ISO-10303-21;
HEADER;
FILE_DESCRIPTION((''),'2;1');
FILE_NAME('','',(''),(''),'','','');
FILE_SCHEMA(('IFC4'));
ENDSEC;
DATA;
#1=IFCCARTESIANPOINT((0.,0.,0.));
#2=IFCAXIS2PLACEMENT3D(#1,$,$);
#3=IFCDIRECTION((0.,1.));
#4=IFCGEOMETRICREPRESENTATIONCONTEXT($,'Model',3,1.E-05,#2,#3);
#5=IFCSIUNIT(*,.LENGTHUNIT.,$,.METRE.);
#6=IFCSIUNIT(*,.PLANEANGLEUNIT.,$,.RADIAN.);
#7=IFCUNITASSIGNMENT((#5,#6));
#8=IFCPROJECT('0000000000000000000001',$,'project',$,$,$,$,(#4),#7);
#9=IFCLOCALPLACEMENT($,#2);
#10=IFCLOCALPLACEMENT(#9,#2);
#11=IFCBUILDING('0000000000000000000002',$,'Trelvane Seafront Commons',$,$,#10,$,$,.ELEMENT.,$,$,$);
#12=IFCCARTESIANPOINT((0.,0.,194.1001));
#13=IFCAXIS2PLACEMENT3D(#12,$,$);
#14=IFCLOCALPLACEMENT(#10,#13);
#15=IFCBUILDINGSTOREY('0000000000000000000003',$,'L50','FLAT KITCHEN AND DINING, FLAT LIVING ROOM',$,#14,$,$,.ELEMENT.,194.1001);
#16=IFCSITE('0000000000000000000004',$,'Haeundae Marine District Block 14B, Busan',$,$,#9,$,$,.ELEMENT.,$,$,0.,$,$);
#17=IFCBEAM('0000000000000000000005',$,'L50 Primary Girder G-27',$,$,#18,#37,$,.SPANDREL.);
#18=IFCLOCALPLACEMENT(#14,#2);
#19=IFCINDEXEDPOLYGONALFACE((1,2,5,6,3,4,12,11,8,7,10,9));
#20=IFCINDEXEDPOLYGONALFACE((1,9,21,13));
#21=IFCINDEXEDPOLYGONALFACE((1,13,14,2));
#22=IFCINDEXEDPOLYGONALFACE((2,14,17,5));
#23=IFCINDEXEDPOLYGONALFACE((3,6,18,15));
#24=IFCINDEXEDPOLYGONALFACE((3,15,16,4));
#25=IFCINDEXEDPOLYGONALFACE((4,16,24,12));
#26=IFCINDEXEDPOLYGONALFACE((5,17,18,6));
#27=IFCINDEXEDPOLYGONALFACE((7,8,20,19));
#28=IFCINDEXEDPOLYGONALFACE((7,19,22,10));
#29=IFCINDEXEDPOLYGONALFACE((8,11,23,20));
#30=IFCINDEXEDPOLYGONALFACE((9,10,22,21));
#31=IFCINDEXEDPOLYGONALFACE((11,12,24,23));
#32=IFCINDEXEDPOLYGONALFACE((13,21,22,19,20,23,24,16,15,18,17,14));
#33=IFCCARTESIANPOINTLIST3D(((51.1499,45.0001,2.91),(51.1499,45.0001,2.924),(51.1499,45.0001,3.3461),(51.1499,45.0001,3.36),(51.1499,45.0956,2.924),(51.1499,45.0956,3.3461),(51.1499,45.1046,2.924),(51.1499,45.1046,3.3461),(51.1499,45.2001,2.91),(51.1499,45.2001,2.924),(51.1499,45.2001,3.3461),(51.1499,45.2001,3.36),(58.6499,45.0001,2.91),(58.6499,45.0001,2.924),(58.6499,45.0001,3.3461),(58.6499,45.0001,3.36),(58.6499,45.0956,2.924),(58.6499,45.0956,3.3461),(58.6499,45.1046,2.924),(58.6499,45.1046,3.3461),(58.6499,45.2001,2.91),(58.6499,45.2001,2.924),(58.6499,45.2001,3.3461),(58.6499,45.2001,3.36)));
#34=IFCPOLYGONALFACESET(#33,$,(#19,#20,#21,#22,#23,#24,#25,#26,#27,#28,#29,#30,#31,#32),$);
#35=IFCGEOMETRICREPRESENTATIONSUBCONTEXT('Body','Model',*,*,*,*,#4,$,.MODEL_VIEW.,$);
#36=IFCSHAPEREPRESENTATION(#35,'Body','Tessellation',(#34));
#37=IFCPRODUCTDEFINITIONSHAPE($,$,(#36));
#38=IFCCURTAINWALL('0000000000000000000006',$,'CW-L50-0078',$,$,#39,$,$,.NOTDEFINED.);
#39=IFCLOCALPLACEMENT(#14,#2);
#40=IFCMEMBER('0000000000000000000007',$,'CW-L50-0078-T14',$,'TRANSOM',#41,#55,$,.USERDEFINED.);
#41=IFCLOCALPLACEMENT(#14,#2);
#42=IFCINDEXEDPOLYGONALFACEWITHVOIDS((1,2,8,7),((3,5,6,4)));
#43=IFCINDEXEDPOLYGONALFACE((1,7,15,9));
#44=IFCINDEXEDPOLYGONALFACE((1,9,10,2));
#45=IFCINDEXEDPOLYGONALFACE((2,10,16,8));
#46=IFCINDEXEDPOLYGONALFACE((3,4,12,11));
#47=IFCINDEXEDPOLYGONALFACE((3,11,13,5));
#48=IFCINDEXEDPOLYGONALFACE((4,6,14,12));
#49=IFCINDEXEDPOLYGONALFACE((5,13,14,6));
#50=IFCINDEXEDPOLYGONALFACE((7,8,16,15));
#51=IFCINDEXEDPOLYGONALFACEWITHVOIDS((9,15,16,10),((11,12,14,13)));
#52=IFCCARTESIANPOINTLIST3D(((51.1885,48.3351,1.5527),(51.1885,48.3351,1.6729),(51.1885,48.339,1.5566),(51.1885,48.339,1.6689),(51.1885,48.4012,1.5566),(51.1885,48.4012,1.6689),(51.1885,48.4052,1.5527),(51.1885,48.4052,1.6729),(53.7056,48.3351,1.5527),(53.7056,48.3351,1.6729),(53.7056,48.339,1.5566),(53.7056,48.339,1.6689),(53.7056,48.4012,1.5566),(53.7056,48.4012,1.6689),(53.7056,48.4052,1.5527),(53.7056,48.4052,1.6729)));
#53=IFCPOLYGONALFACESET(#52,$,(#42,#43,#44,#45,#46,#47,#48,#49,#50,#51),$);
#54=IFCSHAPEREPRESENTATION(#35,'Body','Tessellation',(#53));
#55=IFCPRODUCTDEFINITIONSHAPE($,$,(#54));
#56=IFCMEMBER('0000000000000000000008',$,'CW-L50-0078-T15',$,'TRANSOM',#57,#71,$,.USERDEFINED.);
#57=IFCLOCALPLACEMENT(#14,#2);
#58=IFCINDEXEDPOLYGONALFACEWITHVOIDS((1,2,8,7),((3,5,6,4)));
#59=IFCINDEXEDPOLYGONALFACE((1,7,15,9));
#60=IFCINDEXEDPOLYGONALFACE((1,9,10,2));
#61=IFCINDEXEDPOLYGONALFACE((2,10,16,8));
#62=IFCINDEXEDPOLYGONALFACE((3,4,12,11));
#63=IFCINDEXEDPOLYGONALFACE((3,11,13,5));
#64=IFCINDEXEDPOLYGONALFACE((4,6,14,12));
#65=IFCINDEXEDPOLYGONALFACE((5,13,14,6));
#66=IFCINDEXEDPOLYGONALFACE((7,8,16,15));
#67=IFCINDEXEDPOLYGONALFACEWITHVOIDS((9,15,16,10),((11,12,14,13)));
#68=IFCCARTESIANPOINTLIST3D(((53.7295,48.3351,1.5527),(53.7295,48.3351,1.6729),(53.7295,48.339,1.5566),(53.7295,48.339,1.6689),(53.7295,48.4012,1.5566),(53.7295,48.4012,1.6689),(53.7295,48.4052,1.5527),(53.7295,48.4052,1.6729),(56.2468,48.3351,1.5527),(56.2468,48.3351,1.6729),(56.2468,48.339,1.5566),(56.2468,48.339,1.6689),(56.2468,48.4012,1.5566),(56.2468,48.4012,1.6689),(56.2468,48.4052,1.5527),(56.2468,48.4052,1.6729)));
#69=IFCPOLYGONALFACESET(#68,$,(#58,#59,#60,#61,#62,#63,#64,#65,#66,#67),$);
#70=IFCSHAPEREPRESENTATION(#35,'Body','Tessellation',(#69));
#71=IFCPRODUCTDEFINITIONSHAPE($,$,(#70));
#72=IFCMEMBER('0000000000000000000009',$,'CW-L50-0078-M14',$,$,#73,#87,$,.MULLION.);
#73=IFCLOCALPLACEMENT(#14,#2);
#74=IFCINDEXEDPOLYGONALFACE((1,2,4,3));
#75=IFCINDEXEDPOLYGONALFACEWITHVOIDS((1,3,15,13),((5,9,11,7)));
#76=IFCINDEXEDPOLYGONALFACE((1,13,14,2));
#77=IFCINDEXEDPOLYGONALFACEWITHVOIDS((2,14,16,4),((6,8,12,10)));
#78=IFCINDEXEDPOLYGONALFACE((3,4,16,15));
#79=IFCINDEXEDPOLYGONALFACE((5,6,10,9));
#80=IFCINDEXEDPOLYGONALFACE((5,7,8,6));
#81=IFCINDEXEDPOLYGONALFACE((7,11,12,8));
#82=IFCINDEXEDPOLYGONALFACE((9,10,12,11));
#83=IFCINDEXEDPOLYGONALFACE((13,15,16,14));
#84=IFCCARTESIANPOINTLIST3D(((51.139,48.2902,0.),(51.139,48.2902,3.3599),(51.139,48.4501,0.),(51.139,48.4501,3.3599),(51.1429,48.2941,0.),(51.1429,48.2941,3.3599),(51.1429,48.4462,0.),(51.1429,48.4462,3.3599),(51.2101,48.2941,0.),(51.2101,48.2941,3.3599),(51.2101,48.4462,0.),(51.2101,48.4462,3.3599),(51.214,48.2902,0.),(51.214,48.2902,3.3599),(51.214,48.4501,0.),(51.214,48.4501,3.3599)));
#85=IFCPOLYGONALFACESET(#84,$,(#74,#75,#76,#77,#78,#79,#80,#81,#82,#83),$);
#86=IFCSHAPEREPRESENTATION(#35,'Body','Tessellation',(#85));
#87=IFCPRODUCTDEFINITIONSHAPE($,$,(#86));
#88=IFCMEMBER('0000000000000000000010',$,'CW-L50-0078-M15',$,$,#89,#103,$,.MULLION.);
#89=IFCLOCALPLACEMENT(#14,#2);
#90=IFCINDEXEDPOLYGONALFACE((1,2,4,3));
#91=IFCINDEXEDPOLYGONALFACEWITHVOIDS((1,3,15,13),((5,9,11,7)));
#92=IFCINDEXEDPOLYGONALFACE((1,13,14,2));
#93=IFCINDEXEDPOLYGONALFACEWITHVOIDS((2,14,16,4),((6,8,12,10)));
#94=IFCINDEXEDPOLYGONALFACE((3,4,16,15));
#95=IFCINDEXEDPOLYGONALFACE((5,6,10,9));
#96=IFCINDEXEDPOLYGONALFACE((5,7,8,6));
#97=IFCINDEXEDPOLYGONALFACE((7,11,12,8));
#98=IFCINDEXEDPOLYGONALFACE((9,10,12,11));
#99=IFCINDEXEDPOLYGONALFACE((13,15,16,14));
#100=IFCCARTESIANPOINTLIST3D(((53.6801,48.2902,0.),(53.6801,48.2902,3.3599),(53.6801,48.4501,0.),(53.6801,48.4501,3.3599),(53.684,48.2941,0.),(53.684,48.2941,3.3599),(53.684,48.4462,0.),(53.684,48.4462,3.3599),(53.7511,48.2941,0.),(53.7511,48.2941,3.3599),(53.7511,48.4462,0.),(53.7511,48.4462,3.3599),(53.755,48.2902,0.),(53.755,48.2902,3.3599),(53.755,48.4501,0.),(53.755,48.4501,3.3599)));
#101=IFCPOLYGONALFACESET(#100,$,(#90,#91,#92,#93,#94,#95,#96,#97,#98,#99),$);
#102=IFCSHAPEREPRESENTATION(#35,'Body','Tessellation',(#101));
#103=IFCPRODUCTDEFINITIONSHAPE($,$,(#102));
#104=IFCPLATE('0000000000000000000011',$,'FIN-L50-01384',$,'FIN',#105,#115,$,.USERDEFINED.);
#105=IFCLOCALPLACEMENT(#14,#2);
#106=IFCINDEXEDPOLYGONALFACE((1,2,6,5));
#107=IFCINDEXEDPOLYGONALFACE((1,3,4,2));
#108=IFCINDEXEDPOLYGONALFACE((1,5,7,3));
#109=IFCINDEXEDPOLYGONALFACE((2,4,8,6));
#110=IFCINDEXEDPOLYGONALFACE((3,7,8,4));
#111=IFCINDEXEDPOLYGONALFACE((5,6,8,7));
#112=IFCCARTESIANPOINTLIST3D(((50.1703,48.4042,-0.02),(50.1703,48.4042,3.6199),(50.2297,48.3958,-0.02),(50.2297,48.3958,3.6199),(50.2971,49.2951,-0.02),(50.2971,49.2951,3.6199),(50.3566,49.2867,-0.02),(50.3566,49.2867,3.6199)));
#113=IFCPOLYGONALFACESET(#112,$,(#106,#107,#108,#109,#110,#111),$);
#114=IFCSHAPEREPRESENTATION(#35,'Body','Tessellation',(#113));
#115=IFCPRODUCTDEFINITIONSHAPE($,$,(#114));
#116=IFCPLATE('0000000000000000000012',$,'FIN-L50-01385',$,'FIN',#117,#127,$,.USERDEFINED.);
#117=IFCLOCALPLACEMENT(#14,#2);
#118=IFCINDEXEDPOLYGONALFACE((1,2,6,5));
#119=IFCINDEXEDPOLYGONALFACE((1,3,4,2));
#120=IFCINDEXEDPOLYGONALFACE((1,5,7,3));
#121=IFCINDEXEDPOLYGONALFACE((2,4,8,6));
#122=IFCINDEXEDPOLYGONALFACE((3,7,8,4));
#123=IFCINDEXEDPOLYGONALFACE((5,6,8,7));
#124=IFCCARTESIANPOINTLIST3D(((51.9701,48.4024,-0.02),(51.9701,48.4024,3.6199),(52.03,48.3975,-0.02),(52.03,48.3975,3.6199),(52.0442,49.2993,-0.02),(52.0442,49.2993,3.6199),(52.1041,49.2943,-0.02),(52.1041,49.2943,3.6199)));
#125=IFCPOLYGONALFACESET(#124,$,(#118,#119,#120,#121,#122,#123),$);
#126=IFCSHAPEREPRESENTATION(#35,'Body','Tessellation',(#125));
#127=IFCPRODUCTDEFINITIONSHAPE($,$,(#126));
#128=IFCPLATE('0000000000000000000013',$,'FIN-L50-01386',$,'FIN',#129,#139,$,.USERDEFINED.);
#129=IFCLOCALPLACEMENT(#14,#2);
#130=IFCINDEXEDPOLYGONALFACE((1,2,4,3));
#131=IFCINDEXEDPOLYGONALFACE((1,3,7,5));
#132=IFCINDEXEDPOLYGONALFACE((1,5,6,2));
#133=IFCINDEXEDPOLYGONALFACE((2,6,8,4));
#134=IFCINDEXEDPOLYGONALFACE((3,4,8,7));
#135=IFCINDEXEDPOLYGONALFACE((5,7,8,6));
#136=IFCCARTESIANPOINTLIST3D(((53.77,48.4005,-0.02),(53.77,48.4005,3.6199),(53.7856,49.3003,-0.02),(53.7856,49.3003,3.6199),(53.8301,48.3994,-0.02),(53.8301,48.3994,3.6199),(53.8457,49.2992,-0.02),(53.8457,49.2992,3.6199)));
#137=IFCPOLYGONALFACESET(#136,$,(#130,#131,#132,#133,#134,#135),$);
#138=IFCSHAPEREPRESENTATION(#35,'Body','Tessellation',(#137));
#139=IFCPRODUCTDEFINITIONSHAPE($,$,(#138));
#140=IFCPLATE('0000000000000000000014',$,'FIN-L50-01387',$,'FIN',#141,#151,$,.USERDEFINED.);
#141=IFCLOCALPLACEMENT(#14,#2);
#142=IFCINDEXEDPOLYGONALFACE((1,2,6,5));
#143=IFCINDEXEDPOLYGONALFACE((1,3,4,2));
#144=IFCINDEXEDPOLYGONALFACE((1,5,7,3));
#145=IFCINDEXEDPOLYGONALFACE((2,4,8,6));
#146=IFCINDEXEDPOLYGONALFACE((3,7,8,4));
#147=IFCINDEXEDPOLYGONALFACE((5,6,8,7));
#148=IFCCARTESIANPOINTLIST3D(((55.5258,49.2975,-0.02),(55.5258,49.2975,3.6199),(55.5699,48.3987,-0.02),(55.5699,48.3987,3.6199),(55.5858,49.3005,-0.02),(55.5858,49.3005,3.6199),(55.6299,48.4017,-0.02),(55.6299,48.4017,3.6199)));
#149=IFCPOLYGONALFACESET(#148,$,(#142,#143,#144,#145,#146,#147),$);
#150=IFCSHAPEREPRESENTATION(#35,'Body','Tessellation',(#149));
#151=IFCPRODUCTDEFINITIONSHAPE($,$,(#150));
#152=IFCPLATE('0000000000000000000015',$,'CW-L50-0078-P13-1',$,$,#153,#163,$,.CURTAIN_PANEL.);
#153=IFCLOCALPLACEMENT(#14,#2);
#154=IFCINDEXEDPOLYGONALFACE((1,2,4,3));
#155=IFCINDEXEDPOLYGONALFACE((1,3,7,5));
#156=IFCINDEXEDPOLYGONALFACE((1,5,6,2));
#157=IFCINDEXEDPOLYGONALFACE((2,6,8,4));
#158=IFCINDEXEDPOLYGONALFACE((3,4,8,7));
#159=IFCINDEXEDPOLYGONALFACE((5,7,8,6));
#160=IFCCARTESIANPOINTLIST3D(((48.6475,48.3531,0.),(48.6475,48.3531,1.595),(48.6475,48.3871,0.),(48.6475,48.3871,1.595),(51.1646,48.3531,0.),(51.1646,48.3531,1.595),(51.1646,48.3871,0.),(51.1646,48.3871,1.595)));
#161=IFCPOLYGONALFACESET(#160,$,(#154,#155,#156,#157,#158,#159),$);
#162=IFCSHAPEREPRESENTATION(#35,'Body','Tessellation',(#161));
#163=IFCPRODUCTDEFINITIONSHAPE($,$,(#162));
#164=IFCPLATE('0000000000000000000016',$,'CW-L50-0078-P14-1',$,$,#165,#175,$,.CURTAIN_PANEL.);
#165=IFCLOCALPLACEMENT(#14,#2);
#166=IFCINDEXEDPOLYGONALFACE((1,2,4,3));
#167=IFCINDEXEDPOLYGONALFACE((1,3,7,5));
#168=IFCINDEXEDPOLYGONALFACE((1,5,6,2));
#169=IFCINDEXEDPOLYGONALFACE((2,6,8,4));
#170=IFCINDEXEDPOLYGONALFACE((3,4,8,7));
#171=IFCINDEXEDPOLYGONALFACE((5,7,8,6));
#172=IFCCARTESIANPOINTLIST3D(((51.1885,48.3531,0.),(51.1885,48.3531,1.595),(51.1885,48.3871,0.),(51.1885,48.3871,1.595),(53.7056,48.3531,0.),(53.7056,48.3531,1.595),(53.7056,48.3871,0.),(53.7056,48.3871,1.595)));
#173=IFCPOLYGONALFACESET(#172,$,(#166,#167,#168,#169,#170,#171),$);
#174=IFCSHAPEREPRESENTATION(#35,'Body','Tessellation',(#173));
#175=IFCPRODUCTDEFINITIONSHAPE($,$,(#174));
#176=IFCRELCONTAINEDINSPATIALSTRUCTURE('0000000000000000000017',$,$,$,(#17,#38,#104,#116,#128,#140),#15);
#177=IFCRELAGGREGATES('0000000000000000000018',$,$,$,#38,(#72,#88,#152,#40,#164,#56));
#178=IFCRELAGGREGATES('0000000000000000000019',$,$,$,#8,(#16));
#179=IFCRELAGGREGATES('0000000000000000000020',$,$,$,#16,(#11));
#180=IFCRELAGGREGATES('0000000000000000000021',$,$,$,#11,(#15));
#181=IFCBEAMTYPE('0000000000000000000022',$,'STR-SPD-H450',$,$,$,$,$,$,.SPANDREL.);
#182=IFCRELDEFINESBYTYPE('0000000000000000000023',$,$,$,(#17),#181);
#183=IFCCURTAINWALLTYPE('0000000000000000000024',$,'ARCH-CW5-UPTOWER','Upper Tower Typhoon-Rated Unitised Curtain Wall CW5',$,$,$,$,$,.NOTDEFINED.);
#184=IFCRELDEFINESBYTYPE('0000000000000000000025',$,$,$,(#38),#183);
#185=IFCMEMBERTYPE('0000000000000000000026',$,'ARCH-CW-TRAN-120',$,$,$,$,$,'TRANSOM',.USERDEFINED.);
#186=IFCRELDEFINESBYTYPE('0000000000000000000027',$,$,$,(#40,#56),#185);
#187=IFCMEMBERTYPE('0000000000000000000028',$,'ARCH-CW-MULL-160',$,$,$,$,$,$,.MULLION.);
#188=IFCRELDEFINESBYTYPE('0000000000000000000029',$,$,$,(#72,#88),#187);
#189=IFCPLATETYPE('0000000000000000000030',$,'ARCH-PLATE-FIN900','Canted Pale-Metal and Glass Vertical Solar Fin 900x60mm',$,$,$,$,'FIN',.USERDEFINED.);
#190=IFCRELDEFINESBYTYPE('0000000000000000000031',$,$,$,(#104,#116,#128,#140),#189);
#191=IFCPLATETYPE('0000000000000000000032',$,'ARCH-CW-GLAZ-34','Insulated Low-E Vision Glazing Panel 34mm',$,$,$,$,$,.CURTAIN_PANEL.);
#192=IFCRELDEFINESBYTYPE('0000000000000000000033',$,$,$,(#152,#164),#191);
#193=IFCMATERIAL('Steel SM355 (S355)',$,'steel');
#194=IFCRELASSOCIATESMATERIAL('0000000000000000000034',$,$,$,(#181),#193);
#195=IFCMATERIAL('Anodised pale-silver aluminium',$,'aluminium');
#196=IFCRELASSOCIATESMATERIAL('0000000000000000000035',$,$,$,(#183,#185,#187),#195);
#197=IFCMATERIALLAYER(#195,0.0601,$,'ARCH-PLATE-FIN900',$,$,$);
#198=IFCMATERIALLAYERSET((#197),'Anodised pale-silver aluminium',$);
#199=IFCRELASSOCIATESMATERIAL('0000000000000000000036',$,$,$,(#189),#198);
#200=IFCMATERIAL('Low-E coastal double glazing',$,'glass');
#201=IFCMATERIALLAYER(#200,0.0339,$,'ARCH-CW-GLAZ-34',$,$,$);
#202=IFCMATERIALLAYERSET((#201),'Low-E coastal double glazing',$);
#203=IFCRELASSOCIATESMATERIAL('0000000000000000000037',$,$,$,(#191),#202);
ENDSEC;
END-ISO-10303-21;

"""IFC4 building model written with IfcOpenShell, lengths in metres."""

from ifc_helpers import new_model, si_unit, direction, frame, origin, origin_2d, place, context, subcontext, project, spatial, rectangle, hollow_rectangle, i_section, extrude, source, transform, mapped, material, layer, layer_set, material_profile, profile_set, type_object, element, aggregate, save


model = new_model("IFC4")

# Units and contexts
model_context = context("Model", 3, precision=1e-05, world=origin(), true_north=direction((0.0, 1.0)))
body_context = subcontext(model_context, "Body", "Model", "MODEL_VIEW")
ifc_project = project(units=[si_unit("LENGTHUNIT", "METRE"), si_unit("PLANEANGLEUNIT", "RADIAN")], contexts=[model_context])

# Site, building, storey
site_placement = place(None, origin())
site = spatial("IfcSite", under=ifc_project, at=site_placement, Name="Haeundae Marine District Block 14B, Busan", CompositionType="ELEMENT", RefElevation=0.0)
building_placement = place(site_placement, origin())
building = spatial("IfcBuilding", under=site, at=building_placement, Name="Trelvane Seafront Commons", CompositionType="ELEMENT")
storey_placement = place(building_placement, frame((0.0, 0.0, 194.1001)))
storey = spatial("IfcBuildingStorey", under=building, at=storey_placement, Name="L50", Description="FLAT KITCHEN AND DINING, FLAT LIVING ROOM", CompositionType="ELEMENT", Elevation=194.1001)

# Beam
ifc_material_1 = material(Name="Steel SM355 (S355)", Category="steel")
ifc_material_profile_1 = material_profile(ifc_material_1, i_section(OverallWidth=0.2, OverallDepth=0.45, WebThickness=0.009, FlangeThickness=0.0139, at=origin_2d()), Name="H-450x200x9x14")
ifc_profile_set_1 = profile_set([ifc_material_profile_1], Name="Steel SM355 (S355)")
beam_type = type_object("IfcBeamType", Name="STR-SPD-H450", PredefinedType="SPANDREL", material=ifc_profile_set_1)
shared_shape_1 = source(origin(), body_context, "Body", "SweptSolid", [
    extrude(i_section(OverallWidth=0.2, OverallDepth=0.45, WebThickness=0.009, FlangeThickness=0.0139, at=origin_2d()), origin(), (0.0, 0.0, 1.0), 7.5),
])
beam_placement = place(storey_placement, frame((51.1499, 45.1001, 3.135), z_axis=(1.0, 0.0, 0.0), x_axis=(0.0, 1.0, 0.0)))
element("IfcBeam", 1, at=beam_placement, inside=storey, type_object=beam_type, Name="L50 Primary Girder G-27", PredefinedType="SPANDREL", context=body_context, shape_type="MappedRepresentation", body=[
    mapped(shared_shape_1, transform((0.0, 0.0, 0.0), x_axis=(1.0, 0.0, 0.0), y_axis=(0.0, 1.0, 0.0), z_axis=(0.0, 0.0, 1.0), scale=1.0)),
])

# Curtain wall, members
ifc_material_2 = material(Name="Anodised pale-silver aluminium", Category="aluminium")
curtain_wall_type = type_object("IfcCurtainWallType", Name="ARCH-CW5-UPTOWER", Description="Upper Tower Typhoon-Rated Unitised Curtain Wall CW5", PredefinedType="NOTDEFINED", material=ifc_material_2)
curtain_wall_placement = place(storey_placement, origin())
curtain_wall = element("IfcCurtainWall", 2, at=curtain_wall_placement, inside=storey, type_object=curtain_wall_type, Name="CW-L50-0078", PredefinedType="NOTDEFINED")
ifc_material_profile_2 = material_profile(ifc_material_2, hollow_rectangle(XDim=0.0701, YDim=0.1201, WallThickness=0.0039, at=origin_2d()), Name="TRAN-70x120x4")
ifc_profile_set_2 = profile_set([ifc_material_profile_2], Name="Anodised pale-silver aluminium")
member_type_1 = type_object("IfcMemberType", Name="ARCH-CW-TRAN-120", ElementType="TRANSOM", PredefinedType="USERDEFINED", material=ifc_profile_set_2)
shared_shape_2 = source(origin(), body_context, "Body", "SweptSolid", [
    extrude(hollow_rectangle(XDim=0.0701, YDim=0.1201, WallThickness=0.0039, at=origin_2d()), origin(), (0.0, 0.0, 1.0), 2.5171),
])
member_1_placement = place(storey_placement, frame((51.1885, 48.3701, 1.6128), z_axis=(1.0, 0.0, 0.0), x_axis=(0.0, 1.0, 0.0)))
member_1 = element("IfcMember", 3, at=member_1_placement, type_object=member_type_1, Name="CW-L50-0078-T14", ObjectType="TRANSOM", PredefinedType="USERDEFINED", context=body_context, shape_type="MappedRepresentation", body=[
    mapped(shared_shape_2, transform((0.0, 0.0, 0.0), x_axis=(1.0, 0.0, 0.0), y_axis=(0.0, 1.0, 0.0), z_axis=(0.0, 0.0, 1.0), scale=1.0)),
])
shared_shape_3 = source(origin(), body_context, "Body", "SweptSolid", [
    extrude(hollow_rectangle(XDim=0.0701, YDim=0.1201, WallThickness=0.0039, at=origin_2d()), origin(), (0.0, 0.0, 1.0), 2.5173),
])
member_2_placement = place(storey_placement, frame((53.7295, 48.3701, 1.6128), z_axis=(1.0, 0.0, 0.0), x_axis=(0.0, 1.0, 0.0)))
member_2 = element("IfcMember", 4, at=member_2_placement, type_object=member_type_1, Name="CW-L50-0078-T15", ObjectType="TRANSOM", PredefinedType="USERDEFINED", context=body_context, shape_type="MappedRepresentation", body=[
    mapped(shared_shape_3, transform((0.0, 0.0, 0.0), x_axis=(1.0, 0.0, 0.0), y_axis=(0.0, 1.0, 0.0), z_axis=(0.0, 0.0, 1.0), scale=1.0)),
])
ifc_material_profile_3 = material_profile(ifc_material_2, hollow_rectangle(XDim=0.075, YDim=0.1599, WallThickness=0.0039, at=origin_2d()), Name="MULL-75x160x4")
ifc_profile_set_3 = profile_set([ifc_material_profile_3], Name="Anodised pale-silver aluminium")
member_type_2 = type_object("IfcMemberType", Name="ARCH-CW-MULL-160", PredefinedType="MULLION", material=ifc_profile_set_3)
shared_shape_4 = source(origin(), body_context, "Body", "SweptSolid", [
    extrude(hollow_rectangle(XDim=0.075, YDim=0.1599, WallThickness=0.0039, at=origin_2d()), origin(), (0.0, 0.0, 1.0), 3.3599),
])
member_3_placement = place(storey_placement, frame((51.1765, 48.3701, 0.0), z_axis=(0.0, 0.0, 1.0), x_axis=(1.0, 0.0, 0.0)))
member_3 = element("IfcMember", 5, at=member_3_placement, type_object=member_type_2, Name="CW-L50-0078-M14", PredefinedType="MULLION", context=body_context, shape_type="MappedRepresentation", body=[
    mapped(shared_shape_4, transform((0.0, 0.0, 0.0), x_axis=(1.0, 0.0, 0.0), y_axis=(0.0, 1.0, 0.0), z_axis=(0.0, 0.0, 1.0), scale=1.0)),
])
member_4_placement = place(storey_placement, frame((53.7175, 48.3701, 0.0), z_axis=(0.0, 0.0, 1.0), x_axis=(1.0, 0.0, 0.0)))
member_4 = element("IfcMember", 6, at=member_4_placement, type_object=member_type_2, Name="CW-L50-0078-M15", PredefinedType="MULLION", context=body_context, shape_type="MappedRepresentation", body=[
    mapped(shared_shape_4, transform((0.0, 0.0, 0.0), x_axis=(1.0, 0.0, 0.0), y_axis=(0.0, 1.0, 0.0), z_axis=(0.0, 0.0, 1.0), scale=1.0)),
])

# Plates
ifc_layer_1 = layer(ifc_material_2, 0.0601, Name="ARCH-PLATE-FIN900")
ifc_layer_set_1 = layer_set([ifc_layer_1], Name="Anodised pale-silver aluminium")
plate_type_1 = type_object("IfcPlateType", Name="ARCH-PLATE-FIN900", Description="Canted Pale-Metal and Glass Vertical Solar Fin 900x60mm", ElementType="FIN", PredefinedType="USERDEFINED", material=ifc_layer_set_1)
shared_shape_5 = source(origin(), body_context, "Body", "SweptSolid", [
    extrude(rectangle(XDim=0.8999, YDim=0.0601, at=origin_2d()), origin(), (0.0, 0.0, 1.0), 3.6399),
])
for number, where, z_axis, x_axis, name in (
    (7, (50.2634, 48.8455, -0.02), (0.0, 0.0, 1.0), (0.141001, 0.990009, 0.0), "FIN-L50-01384"),
    (8, (52.0371, 48.8484, -0.02), (0.0, 0.0, 1.0), (0.082337, 0.996605, 0.0), "FIN-L50-01385"),
    (9, (53.8079, 48.8499, -0.02), (0.0, 0.0, 1.0), (0.017332, 0.99985, 0.0), "FIN-L50-01386"),
    (10, (55.5779, 48.8496, -0.02), (0.0, 0.0, 1.0), (-0.049001, 0.998799, 0.0), "FIN-L50-01387"),
):
    element("IfcPlate", number, at=place(storey_placement, frame(where, z_axis=z_axis, x_axis=x_axis)), inside=storey, type_object=plate_type_1, Name=name, ObjectType="FIN", PredefinedType="USERDEFINED", context=body_context, shape_type="MappedRepresentation", body=[
        mapped(shared_shape_5, transform((0.0, 0.0, 0.0), x_axis=(1.0, 0.0, 0.0), y_axis=(0.0, 1.0, 0.0), z_axis=(0.0, 0.0, 1.0), scale=1.0)),
    ])

# Plates
ifc_material_3 = material(Name="Low-E coastal double glazing", Category="glass")
ifc_layer_2 = layer(ifc_material_3, 0.0339, Name="ARCH-CW-GLAZ-34")
ifc_layer_set_2 = layer_set([ifc_layer_2], Name="Low-E coastal double glazing")
plate_type_2 = type_object("IfcPlateType", Name="ARCH-CW-GLAZ-34", Description="Insulated Low-E Vision Glazing Panel 34mm", PredefinedType="CURTAIN_PANEL", material=ifc_layer_set_2)
shared_shape_6 = source(origin(), body_context, "Body", "SweptSolid", [
    extrude(rectangle(XDim=2.5171, YDim=0.0339, at=origin_2d()), origin(), (0.0, 0.0, 1.0), 1.595),
])
plate_1_placement = place(storey_placement, frame((49.906, 48.3701, 0.0), z_axis=(0.0, 0.0, 1.0), x_axis=(1.0, 0.0, 0.0)))
plate_1 = element("IfcPlate", 11, at=plate_1_placement, type_object=plate_type_2, Name="CW-L50-0078-P13-1", PredefinedType="CURTAIN_PANEL", context=body_context, shape_type="MappedRepresentation", body=[
    mapped(shared_shape_6, transform((0.0, 0.0, 0.0), x_axis=(1.0, 0.0, 0.0), y_axis=(0.0, 1.0, 0.0), z_axis=(0.0, 0.0, 1.0), scale=1.0)),
])
plate_2_placement = place(storey_placement, frame((52.447, 48.3701, 0.0), z_axis=(0.0, 0.0, 1.0), x_axis=(1.0, 0.0, 0.0)))
plate_2 = element("IfcPlate", 12, at=plate_2_placement, type_object=plate_type_2, Name="CW-L50-0078-P14-1", PredefinedType="CURTAIN_PANEL", context=body_context, shape_type="MappedRepresentation", body=[
    mapped(shared_shape_6, transform((0.0, 0.0, 0.0), x_axis=(1.0, 0.0, 0.0), y_axis=(0.0, 1.0, 0.0), z_axis=(0.0, 0.0, 1.0), scale=1.0)),
])
aggregate(curtain_wall, [member_3, member_4, plate_1, member_1, plate_2, member_2])

save(model, "model.ifc")
